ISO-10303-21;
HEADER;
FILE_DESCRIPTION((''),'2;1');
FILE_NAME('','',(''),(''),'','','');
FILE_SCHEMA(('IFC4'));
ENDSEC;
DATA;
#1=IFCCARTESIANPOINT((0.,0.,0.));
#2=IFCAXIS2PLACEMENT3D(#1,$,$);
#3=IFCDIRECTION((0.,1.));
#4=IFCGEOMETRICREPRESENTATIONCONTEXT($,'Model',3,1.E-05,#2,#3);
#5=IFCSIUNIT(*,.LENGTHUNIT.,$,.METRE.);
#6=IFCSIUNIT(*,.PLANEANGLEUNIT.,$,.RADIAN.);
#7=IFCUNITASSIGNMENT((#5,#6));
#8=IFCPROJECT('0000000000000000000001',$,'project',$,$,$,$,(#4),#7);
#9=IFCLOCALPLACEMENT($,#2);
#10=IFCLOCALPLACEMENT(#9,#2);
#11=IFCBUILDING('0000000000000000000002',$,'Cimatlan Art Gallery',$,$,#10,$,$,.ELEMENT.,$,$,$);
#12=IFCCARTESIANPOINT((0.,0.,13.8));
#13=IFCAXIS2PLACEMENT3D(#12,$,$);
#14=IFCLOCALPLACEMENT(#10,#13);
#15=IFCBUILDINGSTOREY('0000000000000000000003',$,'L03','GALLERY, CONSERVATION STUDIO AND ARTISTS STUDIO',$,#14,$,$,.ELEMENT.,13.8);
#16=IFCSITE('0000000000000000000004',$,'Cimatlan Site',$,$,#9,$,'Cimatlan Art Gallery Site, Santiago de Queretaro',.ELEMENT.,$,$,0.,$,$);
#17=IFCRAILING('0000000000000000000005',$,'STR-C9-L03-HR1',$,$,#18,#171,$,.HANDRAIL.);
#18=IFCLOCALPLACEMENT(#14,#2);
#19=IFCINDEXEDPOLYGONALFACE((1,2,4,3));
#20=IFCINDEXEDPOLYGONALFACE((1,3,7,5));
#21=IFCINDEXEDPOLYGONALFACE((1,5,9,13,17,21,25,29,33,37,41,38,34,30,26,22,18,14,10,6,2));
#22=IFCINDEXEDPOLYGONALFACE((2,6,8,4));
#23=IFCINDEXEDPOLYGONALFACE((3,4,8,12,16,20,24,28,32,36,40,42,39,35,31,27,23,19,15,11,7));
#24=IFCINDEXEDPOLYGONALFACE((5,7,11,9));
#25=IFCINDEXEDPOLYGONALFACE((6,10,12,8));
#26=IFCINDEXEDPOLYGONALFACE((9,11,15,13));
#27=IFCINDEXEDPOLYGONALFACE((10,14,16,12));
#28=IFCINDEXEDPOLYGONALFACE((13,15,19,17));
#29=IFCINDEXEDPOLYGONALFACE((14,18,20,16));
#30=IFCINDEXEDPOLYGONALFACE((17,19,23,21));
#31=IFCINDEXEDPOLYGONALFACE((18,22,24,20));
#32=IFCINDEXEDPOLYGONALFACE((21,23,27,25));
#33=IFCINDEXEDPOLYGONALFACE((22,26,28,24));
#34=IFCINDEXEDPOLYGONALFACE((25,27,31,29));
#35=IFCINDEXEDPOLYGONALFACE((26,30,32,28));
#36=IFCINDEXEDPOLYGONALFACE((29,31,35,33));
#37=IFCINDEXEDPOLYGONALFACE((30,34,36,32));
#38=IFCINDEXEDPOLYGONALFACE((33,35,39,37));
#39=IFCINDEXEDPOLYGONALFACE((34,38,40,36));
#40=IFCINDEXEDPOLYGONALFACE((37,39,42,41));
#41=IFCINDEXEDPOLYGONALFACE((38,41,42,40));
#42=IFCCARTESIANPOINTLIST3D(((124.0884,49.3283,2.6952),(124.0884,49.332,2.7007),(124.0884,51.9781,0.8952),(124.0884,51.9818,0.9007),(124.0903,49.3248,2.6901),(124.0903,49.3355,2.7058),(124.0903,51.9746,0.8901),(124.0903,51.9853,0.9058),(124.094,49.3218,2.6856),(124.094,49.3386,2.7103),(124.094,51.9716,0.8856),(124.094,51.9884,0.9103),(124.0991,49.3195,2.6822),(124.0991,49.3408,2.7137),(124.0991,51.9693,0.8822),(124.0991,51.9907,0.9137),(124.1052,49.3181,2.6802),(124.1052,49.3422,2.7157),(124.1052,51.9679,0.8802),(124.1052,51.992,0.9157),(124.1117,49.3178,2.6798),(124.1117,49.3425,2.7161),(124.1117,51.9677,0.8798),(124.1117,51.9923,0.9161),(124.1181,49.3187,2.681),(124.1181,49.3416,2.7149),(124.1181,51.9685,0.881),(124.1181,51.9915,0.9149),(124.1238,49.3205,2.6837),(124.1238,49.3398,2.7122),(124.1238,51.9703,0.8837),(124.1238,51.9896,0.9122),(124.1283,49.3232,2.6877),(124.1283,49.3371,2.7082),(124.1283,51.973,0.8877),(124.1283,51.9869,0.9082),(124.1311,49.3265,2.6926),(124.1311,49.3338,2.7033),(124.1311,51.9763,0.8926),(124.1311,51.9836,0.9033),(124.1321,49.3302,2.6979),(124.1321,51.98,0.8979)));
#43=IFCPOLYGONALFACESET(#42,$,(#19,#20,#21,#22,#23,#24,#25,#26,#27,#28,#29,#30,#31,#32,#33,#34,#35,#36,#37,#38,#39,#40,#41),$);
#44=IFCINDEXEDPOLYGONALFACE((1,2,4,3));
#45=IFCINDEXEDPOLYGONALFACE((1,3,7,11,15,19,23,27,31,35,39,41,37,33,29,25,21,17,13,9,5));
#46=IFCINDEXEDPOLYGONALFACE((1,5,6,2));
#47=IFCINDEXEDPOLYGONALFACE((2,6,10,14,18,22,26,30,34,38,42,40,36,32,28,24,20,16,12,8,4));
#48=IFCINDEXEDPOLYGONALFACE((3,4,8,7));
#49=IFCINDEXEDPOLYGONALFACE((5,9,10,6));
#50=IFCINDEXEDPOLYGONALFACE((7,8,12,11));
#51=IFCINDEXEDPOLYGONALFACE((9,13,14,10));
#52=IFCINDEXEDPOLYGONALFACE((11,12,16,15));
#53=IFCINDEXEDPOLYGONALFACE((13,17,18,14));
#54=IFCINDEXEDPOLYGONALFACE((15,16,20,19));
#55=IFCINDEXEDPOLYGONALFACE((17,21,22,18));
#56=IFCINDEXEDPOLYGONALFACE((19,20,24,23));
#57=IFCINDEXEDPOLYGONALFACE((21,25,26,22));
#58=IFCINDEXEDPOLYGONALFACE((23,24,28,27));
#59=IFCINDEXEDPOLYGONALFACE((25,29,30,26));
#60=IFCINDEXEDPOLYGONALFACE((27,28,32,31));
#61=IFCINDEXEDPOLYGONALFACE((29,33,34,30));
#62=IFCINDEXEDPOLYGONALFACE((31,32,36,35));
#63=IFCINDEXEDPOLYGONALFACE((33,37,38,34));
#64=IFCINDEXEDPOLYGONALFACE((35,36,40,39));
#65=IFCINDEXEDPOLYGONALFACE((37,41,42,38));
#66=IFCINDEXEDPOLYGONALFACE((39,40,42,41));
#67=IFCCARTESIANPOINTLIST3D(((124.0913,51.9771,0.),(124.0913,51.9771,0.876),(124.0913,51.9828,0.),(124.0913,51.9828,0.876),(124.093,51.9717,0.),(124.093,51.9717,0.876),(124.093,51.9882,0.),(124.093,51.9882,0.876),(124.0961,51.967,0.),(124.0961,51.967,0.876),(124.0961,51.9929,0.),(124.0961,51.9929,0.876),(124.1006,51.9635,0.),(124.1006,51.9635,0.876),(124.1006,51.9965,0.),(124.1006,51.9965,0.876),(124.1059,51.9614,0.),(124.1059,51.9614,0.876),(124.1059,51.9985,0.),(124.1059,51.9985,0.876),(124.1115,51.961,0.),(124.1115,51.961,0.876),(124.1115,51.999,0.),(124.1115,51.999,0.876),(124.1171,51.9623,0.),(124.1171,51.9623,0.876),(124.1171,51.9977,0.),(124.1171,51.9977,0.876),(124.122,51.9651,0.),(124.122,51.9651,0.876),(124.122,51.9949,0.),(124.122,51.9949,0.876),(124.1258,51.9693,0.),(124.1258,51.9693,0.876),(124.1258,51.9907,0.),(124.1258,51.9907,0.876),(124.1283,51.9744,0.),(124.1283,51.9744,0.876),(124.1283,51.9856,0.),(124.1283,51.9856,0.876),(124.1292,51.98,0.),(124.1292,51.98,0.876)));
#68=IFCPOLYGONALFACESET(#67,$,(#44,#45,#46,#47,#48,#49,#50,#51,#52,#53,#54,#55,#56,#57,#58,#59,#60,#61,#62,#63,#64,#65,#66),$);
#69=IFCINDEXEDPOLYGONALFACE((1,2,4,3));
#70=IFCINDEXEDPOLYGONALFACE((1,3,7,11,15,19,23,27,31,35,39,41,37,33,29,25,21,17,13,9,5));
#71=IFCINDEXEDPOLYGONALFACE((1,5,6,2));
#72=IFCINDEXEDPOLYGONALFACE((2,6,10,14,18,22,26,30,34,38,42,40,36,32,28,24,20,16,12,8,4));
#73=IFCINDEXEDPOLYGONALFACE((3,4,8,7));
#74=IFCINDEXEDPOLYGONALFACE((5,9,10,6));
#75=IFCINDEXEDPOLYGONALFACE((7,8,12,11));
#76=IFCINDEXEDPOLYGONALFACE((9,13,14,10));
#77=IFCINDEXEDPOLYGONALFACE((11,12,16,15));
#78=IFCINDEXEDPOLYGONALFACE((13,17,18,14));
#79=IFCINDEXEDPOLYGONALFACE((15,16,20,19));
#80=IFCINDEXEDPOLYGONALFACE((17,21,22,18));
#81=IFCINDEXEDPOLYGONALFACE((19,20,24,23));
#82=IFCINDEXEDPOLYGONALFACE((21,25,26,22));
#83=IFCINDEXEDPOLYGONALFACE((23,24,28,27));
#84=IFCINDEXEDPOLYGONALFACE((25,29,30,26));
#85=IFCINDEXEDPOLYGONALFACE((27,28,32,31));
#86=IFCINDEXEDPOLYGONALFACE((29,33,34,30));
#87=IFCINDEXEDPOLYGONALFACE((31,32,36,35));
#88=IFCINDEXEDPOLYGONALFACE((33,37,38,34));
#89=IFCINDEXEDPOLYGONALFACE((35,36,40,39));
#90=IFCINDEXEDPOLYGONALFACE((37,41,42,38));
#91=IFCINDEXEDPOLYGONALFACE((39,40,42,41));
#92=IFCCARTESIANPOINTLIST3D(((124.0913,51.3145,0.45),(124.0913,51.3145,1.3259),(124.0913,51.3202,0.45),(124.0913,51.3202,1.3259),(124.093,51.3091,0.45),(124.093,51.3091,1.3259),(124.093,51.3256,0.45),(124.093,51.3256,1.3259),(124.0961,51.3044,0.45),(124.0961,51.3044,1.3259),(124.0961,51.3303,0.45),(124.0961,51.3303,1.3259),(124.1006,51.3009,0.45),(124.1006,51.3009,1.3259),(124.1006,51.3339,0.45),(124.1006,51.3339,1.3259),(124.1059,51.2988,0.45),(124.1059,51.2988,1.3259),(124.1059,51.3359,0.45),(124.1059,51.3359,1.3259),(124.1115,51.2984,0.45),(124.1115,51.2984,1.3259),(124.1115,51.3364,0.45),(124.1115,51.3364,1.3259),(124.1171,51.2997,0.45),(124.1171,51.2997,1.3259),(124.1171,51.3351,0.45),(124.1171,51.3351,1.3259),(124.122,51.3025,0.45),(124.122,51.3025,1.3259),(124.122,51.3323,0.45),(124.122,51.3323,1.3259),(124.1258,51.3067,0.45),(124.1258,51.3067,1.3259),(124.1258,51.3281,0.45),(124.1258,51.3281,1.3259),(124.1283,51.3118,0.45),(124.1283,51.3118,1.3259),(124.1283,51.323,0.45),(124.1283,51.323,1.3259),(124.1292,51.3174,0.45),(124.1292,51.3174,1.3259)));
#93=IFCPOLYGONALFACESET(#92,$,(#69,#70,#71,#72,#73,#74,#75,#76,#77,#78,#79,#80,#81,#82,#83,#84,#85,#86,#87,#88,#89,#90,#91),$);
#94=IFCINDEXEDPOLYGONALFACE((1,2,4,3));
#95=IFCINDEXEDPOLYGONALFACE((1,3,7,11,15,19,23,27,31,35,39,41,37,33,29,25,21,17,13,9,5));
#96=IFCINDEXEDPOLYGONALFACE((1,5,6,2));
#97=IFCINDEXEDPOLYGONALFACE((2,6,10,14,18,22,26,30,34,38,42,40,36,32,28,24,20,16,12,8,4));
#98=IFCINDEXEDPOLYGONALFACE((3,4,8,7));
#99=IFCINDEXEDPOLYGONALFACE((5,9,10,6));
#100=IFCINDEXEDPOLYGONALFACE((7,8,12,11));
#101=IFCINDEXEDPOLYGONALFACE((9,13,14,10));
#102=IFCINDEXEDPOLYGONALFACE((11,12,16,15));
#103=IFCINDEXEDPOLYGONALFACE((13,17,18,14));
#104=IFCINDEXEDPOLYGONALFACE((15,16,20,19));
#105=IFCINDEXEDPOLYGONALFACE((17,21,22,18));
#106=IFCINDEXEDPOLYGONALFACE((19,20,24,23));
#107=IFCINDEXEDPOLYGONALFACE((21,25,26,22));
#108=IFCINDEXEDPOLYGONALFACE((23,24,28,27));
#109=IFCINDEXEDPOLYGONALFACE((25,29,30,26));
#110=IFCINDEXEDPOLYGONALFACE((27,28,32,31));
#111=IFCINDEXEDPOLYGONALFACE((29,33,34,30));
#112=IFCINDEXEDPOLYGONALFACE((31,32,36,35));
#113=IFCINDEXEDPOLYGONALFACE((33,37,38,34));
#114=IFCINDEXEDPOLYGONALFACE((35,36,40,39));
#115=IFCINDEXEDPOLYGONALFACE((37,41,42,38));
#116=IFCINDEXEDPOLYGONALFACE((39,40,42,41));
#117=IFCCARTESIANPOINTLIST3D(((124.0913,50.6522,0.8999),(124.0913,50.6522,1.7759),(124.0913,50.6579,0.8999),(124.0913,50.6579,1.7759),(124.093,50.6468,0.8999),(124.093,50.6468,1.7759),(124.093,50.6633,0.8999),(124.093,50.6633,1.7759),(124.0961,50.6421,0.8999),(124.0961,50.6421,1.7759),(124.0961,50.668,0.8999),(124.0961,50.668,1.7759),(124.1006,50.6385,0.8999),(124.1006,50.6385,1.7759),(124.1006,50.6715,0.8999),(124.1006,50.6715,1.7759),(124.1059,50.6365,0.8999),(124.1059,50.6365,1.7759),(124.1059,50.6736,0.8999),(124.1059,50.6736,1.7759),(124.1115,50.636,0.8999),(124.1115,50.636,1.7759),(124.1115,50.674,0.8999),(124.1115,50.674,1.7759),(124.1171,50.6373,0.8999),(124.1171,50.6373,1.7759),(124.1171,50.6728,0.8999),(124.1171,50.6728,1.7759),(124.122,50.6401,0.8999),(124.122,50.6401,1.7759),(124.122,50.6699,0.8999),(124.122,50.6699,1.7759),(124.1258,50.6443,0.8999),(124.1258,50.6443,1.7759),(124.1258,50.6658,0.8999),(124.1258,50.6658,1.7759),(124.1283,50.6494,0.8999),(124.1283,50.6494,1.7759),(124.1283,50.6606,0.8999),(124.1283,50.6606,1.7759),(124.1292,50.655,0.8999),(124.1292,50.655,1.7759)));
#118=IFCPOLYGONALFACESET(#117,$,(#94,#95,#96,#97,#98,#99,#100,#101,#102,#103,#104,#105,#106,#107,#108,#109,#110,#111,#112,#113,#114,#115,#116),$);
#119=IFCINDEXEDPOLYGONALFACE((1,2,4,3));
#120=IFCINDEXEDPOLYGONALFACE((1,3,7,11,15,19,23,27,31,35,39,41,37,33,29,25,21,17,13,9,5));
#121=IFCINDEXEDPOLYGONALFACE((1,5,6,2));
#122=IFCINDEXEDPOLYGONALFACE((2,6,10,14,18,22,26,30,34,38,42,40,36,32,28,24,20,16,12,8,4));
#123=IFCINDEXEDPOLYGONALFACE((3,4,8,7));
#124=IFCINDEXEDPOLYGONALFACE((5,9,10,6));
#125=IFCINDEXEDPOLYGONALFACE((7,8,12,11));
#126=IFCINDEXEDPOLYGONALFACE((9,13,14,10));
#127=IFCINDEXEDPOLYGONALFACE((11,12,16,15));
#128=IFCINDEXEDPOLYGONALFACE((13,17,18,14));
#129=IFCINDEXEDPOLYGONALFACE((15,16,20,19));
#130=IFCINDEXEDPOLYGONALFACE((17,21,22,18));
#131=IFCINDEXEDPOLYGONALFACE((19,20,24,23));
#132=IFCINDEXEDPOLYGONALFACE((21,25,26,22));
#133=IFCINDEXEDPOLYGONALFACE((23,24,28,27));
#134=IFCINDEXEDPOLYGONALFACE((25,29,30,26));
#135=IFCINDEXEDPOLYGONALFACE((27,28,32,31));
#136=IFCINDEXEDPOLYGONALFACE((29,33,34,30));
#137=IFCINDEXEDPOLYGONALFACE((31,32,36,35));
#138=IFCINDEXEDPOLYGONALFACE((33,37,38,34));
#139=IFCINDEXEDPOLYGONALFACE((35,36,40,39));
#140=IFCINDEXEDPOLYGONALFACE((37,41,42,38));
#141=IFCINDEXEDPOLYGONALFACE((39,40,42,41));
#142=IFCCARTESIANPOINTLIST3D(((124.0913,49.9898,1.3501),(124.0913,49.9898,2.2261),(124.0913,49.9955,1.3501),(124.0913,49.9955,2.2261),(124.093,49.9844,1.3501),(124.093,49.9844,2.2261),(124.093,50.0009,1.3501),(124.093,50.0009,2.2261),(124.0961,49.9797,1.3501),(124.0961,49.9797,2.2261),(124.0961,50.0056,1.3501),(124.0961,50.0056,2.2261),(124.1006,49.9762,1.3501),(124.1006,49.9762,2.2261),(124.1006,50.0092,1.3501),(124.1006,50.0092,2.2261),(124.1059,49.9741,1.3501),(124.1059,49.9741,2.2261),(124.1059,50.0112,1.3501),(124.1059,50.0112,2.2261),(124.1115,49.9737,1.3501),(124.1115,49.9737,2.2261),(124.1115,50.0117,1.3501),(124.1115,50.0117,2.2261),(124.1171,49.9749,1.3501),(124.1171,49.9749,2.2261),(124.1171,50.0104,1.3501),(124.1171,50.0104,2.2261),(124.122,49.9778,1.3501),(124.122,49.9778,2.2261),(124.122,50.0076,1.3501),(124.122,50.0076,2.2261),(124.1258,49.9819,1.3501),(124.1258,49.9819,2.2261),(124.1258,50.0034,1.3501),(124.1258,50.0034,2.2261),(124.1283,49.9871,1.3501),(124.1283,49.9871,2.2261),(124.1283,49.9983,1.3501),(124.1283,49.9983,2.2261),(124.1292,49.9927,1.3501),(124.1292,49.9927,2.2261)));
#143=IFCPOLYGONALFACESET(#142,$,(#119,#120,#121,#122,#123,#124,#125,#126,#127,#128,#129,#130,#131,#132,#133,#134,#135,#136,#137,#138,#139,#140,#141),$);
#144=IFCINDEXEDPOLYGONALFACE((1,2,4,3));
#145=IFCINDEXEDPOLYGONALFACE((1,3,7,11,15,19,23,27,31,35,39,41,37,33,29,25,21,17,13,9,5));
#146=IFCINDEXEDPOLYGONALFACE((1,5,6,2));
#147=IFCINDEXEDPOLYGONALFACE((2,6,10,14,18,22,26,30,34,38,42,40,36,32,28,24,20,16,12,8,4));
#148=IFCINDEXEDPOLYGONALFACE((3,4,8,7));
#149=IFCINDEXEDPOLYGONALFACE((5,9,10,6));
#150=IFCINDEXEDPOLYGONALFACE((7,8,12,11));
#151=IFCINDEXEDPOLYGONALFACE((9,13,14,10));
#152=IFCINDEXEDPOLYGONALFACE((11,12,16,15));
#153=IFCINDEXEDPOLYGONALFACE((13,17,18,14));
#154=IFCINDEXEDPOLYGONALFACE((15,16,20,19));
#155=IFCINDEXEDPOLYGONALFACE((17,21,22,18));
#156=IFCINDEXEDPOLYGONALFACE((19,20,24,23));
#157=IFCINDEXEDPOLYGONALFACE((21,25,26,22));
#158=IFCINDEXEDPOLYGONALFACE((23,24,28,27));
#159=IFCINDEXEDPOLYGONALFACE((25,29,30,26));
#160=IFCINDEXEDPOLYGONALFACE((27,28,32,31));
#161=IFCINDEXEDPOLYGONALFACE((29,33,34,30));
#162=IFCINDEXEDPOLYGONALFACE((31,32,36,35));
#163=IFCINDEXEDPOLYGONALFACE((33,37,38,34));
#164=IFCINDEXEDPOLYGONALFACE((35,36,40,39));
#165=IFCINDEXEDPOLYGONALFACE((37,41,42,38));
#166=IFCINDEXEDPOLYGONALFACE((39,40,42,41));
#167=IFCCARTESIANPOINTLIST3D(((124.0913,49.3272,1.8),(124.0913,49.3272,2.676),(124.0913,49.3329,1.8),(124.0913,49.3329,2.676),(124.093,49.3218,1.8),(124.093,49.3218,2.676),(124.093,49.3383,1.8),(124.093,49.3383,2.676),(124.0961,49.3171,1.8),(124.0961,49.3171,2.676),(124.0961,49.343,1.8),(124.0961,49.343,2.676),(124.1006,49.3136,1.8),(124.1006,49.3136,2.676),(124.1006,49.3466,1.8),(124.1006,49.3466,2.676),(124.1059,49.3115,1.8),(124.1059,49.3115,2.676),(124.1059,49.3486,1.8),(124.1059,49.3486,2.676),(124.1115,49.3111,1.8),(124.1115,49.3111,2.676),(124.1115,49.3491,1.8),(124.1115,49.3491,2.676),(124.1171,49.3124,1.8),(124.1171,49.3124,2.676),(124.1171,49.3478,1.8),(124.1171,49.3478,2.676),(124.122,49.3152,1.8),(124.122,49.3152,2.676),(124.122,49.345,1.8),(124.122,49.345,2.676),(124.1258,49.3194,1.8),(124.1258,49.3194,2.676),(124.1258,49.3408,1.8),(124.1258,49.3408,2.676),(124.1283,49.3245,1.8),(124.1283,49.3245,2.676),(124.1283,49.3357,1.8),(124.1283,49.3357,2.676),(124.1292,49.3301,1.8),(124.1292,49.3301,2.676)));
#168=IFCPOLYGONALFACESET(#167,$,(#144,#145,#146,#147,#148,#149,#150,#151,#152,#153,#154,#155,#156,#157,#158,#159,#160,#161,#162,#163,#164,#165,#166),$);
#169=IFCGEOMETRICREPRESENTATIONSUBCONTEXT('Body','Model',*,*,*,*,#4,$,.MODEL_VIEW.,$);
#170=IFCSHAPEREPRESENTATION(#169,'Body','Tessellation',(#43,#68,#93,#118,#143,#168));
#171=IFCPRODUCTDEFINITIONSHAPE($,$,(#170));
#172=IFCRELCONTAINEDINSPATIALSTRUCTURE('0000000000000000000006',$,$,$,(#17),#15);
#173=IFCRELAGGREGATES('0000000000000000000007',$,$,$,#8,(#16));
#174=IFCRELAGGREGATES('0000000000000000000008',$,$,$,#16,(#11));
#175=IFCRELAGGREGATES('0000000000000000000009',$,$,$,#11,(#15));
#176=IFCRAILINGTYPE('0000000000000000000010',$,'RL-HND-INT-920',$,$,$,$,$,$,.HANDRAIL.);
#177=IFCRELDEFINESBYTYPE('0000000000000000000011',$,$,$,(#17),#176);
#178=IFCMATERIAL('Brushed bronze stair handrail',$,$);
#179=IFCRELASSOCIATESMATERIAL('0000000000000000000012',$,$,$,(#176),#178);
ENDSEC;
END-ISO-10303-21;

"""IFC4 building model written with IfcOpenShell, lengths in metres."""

from ifc_helpers import new_model, si_unit, direction, frame, origin, origin_2d, place, context, subcontext, project, spatial, circle, extrude, material, type_object, element, save


model = new_model("IFC4")

# Units and contexts
model_context = context("Model", 3, precision=1e-05, world=origin(), true_north=direction((0.0, 1.0)))
body_context = subcontext(model_context, "Body", "Model", "MODEL_VIEW")
ifc_project = project(units=[si_unit("LENGTHUNIT", "METRE"), si_unit("PLANEANGLEUNIT", "RADIAN")], contexts=[model_context])

# Site, building, storey
site_placement = place(None, origin())
site = spatial("IfcSite", under=ifc_project, at=site_placement, Name="Cimatlan Site", LongName="Cimatlan Art Gallery Site, Santiago de Queretaro", CompositionType="ELEMENT", RefElevation=0.0)
building_placement = place(site_placement, origin())
building = spatial("IfcBuilding", under=site, at=building_placement, Name="Cimatlan Art Gallery", CompositionType="ELEMENT")
storey_placement = place(building_placement, frame((0.0, 0.0, 13.8)))
storey = spatial("IfcBuildingStorey", under=building, at=storey_placement, Name="L03", Description="GALLERY, CONSERVATION STUDIO AND ARTISTS STUDIO", CompositionType="ELEMENT", Elevation=13.8)

# Railing
ifc_material_1 = material(Name="Brushed bronze stair handrail")
railing_type_1 = type_object("IfcRailingType", Name="RL-HND-INT-920", PredefinedType="HANDRAIL", material=ifc_material_1)
railing_1_placement = place(storey_placement, frame((124.1101, 51.98, 0.0)))
element("IfcRailing", 1, at=railing_1_placement, inside=storey, type_object=railing_type_1, Name="STR-C9-L03-HR1", PredefinedType="HANDRAIL", context=body_context, shape_type="SweptSolid", body=[
    extrude(circle(Radius=0.022, at=origin_2d()), frame((0.0, 0.0, 0.8979), z_axis=(0.0, -0.8272, 0.561908), x_axis=(1.0, 0.0, 0.0)), (0.0, 0.0, 1.0), 3.2034),
    extrude(circle(Radius=0.019, at=origin_2d()), origin(), (0.0, 0.0, 1.0), 0.876),
    extrude(circle(Radius=0.019, at=origin_2d()), frame((0.0, -0.6626, 0.45)), (0.0, 0.0, 1.0), 0.876),
    extrude(circle(Radius=0.019, at=origin_2d()), frame((0.0, -1.325, 0.8999)), (0.0, 0.0, 1.0), 0.876),
    extrude(circle(Radius=0.019, at=origin_2d()), frame((0.0, -1.9873, 1.3501)), (0.0, 0.0, 1.0), 0.876),
    extrude(circle(Radius=0.019, at=origin_2d()), frame((0.0, -2.6499, 1.8)), (0.0, 0.0, 1.0), 0.876),
])

save(model, "model.ifc")
